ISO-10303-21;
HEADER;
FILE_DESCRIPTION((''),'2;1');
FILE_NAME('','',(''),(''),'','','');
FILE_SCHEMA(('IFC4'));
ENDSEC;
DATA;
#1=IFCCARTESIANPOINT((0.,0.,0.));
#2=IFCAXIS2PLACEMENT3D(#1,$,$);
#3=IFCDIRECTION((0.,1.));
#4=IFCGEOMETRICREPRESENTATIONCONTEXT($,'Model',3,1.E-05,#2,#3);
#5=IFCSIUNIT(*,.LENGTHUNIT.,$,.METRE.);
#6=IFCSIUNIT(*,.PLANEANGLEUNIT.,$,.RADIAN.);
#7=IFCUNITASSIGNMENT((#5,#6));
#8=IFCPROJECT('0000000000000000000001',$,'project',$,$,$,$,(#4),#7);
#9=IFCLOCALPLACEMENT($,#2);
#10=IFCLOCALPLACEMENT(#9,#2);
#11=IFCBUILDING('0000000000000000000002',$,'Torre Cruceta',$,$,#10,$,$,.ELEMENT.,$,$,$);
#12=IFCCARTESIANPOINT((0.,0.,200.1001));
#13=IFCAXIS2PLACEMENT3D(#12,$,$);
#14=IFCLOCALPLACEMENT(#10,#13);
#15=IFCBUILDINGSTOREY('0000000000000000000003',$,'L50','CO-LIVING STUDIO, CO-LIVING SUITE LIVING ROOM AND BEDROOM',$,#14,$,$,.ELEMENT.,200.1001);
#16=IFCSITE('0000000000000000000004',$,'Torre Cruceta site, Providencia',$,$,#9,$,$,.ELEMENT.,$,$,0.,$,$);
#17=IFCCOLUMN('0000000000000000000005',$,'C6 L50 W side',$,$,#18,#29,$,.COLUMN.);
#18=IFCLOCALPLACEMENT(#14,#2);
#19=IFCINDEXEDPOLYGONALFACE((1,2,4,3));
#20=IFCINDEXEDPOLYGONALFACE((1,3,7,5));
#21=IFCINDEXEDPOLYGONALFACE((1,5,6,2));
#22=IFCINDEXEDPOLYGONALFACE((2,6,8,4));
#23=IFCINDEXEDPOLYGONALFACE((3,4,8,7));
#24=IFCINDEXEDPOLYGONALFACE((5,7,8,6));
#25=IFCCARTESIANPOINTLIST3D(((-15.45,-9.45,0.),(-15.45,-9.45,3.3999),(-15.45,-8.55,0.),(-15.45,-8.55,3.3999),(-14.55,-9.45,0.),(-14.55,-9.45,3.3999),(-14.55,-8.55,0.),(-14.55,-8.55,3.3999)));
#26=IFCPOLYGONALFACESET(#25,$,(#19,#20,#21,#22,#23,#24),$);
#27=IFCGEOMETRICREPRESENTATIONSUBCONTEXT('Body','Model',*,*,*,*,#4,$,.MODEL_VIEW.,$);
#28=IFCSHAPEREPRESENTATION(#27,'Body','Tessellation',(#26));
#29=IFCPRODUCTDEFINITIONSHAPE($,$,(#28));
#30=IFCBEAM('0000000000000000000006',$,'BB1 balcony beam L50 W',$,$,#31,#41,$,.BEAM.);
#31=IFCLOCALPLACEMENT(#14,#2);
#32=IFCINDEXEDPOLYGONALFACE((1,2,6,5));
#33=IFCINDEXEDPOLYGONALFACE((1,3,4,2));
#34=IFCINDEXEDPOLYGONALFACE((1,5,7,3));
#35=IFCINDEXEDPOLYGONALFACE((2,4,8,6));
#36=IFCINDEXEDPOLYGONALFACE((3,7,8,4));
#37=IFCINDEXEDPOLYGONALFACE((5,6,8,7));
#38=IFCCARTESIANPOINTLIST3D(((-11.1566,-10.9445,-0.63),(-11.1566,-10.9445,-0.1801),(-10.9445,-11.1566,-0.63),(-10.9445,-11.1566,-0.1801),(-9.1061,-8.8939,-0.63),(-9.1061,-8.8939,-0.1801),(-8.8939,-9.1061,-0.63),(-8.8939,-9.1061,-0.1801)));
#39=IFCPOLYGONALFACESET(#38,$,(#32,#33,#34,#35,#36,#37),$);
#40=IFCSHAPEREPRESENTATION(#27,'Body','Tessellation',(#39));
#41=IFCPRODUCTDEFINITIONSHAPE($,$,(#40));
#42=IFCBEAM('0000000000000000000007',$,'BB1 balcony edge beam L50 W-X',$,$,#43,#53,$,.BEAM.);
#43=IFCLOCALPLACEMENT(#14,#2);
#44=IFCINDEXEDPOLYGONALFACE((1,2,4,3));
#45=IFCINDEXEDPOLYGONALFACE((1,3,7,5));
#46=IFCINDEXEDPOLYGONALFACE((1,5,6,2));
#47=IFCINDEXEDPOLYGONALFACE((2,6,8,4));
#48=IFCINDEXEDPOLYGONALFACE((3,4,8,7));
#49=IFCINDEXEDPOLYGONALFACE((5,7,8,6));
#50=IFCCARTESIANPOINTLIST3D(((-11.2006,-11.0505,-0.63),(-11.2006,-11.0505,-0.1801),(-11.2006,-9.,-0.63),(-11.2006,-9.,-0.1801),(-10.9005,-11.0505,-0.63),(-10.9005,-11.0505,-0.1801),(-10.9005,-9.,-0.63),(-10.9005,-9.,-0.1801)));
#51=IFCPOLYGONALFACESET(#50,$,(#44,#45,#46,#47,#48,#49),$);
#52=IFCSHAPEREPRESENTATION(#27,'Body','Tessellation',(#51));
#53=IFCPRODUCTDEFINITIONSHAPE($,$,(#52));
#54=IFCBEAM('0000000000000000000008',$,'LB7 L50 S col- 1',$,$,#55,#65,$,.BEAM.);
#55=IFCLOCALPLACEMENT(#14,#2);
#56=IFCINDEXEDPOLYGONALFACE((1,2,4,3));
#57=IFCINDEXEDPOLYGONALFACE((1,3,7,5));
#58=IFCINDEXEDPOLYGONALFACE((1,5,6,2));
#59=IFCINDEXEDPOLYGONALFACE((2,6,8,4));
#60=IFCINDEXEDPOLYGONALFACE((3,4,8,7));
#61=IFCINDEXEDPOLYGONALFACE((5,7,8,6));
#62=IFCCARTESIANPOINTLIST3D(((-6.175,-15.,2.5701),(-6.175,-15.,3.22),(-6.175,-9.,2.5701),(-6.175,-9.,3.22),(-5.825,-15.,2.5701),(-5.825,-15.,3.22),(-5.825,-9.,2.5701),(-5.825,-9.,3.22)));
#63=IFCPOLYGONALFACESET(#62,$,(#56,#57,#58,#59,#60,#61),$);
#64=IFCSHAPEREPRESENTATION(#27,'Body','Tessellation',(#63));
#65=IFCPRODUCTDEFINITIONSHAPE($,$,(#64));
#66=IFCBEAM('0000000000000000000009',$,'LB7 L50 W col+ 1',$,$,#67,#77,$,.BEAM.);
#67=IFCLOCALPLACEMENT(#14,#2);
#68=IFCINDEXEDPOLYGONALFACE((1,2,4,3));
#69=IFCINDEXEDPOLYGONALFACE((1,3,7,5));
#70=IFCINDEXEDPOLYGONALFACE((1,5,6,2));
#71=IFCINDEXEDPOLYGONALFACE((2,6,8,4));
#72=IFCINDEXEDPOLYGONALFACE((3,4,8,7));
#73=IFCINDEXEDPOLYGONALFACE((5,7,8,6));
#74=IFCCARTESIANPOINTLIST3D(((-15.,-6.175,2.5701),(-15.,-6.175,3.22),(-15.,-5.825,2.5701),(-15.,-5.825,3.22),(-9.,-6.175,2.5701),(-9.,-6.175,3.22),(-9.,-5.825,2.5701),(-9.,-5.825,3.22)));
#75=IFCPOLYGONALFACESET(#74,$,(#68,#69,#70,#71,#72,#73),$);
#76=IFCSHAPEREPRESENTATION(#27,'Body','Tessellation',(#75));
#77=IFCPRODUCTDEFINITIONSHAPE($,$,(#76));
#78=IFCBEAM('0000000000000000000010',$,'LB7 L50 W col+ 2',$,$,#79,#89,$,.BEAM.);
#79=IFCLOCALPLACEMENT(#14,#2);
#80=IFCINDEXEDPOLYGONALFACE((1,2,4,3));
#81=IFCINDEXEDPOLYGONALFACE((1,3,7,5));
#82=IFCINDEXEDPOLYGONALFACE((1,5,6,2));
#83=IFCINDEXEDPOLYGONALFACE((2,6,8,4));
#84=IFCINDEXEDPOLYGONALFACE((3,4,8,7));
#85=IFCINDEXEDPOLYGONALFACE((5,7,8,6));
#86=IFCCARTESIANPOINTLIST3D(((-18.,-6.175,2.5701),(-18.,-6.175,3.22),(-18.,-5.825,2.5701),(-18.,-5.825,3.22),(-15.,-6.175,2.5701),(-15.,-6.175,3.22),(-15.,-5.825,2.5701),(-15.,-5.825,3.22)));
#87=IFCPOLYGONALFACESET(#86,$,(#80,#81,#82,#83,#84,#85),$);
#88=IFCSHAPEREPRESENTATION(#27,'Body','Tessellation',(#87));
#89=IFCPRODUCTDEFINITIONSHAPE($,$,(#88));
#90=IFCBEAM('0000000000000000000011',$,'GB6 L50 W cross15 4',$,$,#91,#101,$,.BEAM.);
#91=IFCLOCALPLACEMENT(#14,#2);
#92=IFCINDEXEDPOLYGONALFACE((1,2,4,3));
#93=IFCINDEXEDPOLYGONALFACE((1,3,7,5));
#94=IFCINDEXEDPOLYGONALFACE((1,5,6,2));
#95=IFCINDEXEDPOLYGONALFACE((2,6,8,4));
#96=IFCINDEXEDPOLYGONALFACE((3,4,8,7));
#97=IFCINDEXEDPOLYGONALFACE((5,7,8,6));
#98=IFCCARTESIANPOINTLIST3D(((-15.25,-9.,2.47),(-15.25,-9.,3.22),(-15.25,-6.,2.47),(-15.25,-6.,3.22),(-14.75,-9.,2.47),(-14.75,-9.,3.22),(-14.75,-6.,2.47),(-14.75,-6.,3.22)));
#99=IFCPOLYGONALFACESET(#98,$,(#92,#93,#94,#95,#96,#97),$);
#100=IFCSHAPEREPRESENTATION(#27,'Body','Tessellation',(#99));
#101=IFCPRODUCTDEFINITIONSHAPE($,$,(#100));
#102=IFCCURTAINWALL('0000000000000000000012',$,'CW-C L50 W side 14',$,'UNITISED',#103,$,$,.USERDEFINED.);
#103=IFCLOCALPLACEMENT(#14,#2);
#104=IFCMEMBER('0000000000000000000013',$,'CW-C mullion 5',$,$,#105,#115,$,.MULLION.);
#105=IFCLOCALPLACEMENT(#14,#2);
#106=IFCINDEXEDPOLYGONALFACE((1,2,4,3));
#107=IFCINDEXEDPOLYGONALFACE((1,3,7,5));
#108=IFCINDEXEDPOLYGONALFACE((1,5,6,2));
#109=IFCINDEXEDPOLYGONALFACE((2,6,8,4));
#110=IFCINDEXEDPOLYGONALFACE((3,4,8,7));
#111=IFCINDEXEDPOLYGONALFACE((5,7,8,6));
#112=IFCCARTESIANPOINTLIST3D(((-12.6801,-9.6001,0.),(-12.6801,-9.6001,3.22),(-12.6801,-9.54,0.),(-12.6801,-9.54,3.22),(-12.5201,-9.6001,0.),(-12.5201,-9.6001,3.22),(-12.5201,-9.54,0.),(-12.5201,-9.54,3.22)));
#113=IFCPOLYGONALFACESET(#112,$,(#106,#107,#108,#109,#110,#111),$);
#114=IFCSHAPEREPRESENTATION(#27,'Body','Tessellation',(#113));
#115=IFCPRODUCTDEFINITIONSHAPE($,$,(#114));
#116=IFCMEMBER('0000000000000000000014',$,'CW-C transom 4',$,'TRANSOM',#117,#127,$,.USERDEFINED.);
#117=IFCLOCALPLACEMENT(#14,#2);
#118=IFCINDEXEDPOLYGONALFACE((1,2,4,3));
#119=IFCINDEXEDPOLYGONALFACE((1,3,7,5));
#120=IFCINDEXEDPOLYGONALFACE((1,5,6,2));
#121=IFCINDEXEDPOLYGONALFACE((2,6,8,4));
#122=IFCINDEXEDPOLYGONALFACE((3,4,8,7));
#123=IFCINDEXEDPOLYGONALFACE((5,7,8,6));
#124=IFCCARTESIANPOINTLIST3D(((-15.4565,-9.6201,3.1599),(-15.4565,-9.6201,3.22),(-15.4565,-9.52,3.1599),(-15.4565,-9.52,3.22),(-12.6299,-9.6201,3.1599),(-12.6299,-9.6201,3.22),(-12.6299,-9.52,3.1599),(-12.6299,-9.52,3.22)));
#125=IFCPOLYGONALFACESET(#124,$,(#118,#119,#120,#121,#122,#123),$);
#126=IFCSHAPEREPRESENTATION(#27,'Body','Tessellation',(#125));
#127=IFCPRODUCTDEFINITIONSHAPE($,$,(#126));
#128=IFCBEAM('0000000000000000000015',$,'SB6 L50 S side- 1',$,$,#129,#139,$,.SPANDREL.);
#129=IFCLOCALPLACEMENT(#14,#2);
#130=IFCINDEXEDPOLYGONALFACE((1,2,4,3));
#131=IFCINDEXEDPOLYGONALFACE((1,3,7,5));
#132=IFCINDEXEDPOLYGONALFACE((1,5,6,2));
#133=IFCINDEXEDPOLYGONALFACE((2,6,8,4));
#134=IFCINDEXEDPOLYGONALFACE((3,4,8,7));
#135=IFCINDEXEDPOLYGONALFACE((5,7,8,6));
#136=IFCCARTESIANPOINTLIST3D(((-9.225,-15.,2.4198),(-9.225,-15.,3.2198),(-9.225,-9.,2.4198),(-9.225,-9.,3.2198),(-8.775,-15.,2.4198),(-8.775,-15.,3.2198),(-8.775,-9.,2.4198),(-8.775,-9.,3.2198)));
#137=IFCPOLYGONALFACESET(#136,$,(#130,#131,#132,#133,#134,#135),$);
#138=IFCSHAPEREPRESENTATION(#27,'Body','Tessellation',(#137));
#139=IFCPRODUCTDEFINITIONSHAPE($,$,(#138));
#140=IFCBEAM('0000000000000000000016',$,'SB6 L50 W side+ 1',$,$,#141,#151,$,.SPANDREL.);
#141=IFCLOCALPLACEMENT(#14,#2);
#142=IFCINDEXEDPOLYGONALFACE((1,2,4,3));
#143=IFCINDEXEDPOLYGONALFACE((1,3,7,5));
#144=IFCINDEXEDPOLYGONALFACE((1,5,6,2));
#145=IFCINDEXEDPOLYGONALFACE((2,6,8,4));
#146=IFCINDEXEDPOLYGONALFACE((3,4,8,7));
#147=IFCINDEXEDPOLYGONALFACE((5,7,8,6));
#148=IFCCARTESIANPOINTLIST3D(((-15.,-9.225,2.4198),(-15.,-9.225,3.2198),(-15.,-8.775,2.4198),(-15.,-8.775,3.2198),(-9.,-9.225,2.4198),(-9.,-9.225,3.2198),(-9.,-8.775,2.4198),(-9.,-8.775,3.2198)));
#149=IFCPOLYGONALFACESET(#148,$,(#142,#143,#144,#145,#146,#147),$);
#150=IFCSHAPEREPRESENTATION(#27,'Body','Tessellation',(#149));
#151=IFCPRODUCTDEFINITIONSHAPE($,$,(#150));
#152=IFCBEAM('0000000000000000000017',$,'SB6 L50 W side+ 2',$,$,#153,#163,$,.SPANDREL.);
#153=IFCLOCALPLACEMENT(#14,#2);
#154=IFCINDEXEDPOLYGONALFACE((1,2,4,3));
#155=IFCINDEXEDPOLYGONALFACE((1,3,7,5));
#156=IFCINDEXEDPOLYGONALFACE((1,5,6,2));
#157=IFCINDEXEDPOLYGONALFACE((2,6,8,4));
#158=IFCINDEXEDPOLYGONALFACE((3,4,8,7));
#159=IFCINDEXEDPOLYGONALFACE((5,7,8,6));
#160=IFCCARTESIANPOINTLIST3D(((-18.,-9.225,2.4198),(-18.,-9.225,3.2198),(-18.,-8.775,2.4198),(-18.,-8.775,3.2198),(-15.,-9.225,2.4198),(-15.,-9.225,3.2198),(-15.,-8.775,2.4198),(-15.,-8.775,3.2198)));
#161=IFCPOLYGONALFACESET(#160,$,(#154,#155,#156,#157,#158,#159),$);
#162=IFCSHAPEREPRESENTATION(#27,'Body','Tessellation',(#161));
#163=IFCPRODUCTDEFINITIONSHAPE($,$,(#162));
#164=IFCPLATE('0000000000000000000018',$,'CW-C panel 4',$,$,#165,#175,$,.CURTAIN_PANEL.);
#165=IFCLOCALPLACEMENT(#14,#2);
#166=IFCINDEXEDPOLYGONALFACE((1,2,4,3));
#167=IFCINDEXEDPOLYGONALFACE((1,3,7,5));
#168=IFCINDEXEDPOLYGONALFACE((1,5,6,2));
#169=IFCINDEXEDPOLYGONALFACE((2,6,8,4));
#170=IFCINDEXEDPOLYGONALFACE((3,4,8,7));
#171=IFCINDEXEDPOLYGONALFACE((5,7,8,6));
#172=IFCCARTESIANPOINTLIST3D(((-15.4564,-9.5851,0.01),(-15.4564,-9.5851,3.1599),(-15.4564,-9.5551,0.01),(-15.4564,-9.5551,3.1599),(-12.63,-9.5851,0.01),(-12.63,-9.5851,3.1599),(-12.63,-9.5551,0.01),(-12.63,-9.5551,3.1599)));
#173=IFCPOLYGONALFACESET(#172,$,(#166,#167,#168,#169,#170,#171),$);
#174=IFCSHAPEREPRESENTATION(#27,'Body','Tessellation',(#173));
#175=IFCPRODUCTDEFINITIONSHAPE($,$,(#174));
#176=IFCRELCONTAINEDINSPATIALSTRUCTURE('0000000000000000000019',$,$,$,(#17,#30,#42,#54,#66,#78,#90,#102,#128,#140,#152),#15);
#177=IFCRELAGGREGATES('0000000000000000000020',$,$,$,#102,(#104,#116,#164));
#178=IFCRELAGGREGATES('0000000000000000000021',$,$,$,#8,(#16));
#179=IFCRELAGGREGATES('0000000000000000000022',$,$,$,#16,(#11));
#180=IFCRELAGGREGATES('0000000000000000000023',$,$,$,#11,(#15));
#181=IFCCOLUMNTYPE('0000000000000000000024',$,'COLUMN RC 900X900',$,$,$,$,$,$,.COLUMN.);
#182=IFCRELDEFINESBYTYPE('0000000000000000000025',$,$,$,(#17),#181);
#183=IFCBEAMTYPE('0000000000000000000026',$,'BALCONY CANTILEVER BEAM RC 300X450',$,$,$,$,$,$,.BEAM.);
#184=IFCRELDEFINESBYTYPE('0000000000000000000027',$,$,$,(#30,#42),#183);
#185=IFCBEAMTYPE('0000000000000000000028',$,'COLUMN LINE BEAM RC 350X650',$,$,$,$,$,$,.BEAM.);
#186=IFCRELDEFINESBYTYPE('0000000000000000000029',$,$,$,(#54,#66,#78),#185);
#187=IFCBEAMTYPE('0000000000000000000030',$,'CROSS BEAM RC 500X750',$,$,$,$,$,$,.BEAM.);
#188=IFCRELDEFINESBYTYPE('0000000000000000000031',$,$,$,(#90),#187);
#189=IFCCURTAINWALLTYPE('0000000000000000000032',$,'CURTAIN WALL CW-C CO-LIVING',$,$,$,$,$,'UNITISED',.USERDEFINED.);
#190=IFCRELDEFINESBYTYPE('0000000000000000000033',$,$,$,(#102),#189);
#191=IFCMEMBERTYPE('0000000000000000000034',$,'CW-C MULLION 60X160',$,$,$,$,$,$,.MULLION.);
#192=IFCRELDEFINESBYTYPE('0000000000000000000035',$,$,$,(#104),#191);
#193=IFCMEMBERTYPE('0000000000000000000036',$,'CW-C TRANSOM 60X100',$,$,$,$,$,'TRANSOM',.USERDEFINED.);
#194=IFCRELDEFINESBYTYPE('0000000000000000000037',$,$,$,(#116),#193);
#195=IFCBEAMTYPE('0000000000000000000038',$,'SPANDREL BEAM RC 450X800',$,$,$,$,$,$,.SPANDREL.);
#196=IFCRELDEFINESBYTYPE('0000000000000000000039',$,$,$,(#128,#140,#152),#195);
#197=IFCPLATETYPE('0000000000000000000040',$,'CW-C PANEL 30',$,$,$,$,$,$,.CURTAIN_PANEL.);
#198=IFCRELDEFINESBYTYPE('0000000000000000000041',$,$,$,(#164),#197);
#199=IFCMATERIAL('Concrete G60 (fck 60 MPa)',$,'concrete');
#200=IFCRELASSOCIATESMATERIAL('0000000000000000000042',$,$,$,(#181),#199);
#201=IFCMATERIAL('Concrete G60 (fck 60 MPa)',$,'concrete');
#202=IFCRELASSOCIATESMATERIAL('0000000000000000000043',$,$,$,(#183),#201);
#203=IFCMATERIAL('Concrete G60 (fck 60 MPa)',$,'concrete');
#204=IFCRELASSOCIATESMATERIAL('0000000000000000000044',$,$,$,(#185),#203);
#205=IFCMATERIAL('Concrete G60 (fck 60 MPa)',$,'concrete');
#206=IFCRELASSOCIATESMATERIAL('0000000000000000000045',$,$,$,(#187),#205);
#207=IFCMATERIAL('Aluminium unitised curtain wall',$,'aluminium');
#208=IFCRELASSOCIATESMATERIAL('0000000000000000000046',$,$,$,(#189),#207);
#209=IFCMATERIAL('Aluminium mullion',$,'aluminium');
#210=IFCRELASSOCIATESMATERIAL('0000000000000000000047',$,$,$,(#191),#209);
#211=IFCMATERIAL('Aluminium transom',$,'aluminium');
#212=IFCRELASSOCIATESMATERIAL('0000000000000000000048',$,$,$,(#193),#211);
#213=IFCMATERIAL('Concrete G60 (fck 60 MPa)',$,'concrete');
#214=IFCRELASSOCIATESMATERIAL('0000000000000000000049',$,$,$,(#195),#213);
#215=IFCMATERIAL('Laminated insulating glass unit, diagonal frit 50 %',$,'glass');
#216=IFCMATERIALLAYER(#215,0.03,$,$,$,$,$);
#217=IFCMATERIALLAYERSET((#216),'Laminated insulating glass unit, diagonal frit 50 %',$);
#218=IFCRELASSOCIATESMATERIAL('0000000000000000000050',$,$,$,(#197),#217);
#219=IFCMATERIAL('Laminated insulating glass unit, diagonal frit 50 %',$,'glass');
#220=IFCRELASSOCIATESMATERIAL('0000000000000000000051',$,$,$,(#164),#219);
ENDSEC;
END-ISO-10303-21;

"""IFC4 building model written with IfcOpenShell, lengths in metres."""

from ifc_helpers import new_model, si_unit, direction, frame, origin, origin_2d, place, context, subcontext, project, spatial, rectangle, extrude, material, layer, layer_set, material_profile, profile_set, type_object, element, aggregate, save


model = new_model("IFC4")

# Units and contexts
model_context = context("Model", 3, precision=1e-05, world=origin(), true_north=direction((0.0, 1.0)))
body_context = subcontext(model_context, "Body", "Model", "MODEL_VIEW")
ifc_project = project(units=[si_unit("LENGTHUNIT", "METRE"), si_unit("PLANEANGLEUNIT", "RADIAN")], contexts=[model_context])

# Site, building, storey
site_placement = place(None, origin())
site = spatial("IfcSite", under=ifc_project, at=site_placement, Name="Torre Cruceta site, Providencia", CompositionType="ELEMENT", RefElevation=0.0)
building_placement = place(site_placement, origin())
building = spatial("IfcBuilding", under=site, at=building_placement, Name="Torre Cruceta", CompositionType="ELEMENT")
storey_placement = place(building_placement, frame((0.0, 0.0, 200.1001)))
storey = spatial("IfcBuildingStorey", under=building, at=storey_placement, Name="L50", Description="CO-LIVING STUDIO, CO-LIVING SUITE LIVING ROOM AND BEDROOM", CompositionType="ELEMENT", Elevation=200.1001)

# Column
ifc_material_1 = material(Name="Concrete G60 (fck 60 MPa)", Category="concrete")
ifc_material_profile_1 = material_profile(ifc_material_1, rectangle(XDim=0.8999, YDim=0.8999, at=origin_2d()), Name="RC 900X900")
ifc_profile_set_1 = profile_set([ifc_material_profile_1], Name="Concrete G60 (fck 60 MPa)")
column_type = type_object("IfcColumnType", Name="COLUMN RC 900X900", PredefinedType="COLUMN", material=ifc_profile_set_1)
column_placement = place(storey_placement, frame((-15.0, -9.0, 0.0), z_axis=(0.0, 0.0, 1.0), x_axis=(1.0, 0.0, 0.0)))
element("IfcColumn", 1, at=column_placement, inside=storey, type_object=column_type, Name="C6 L50 W side", PredefinedType="COLUMN", context=body_context, shape_type="SweptSolid", body=[
    extrude(rectangle(XDim=0.8999, YDim=0.8999, at=origin_2d()), origin(), (0.0, 0.0, 1.0), 3.3999),
])

# Beams
ifc_material_2 = material(Name="Concrete G60 (fck 60 MPa)", Category="concrete")
ifc_material_profile_2 = material_profile(ifc_material_2, rectangle(XDim=0.3, YDim=0.45, at=origin_2d()), Name="RC 300X450")
ifc_profile_set_2 = profile_set([ifc_material_profile_2], Name="Concrete G60 (fck 60 MPa)")
beam_type_1 = type_object("IfcBeamType", Name="BALCONY CANTILEVER BEAM RC 300X450", PredefinedType="BEAM", material=ifc_profile_set_2)
beam_1_placement = place(storey_placement, frame((-9.0, -9.0, -0.405), z_axis=(-0.707107, -0.707107, 0.0), x_axis=(0.707107, -0.707107, 0.0)))
element("IfcBeam", 2, at=beam_1_placement, inside=storey, type_object=beam_type_1, Name="BB1 balcony beam L50 W", PredefinedType="BEAM", context=body_context, shape_type="SweptSolid", body=[
    extrude(rectangle(XDim=0.3, YDim=0.45, at=origin_2d()), origin(), (0.0, 0.0, 1.0), 2.8999),
])
beam_2_placement = place(storey_placement, frame((-11.0505, -9.0, -0.405), z_axis=(0.0, -1.0, 0.0), x_axis=(1.0, 0.0, 0.0)))
element("IfcBeam", 3, at=beam_2_placement, inside=storey, type_object=beam_type_1, Name="BB1 balcony edge beam L50 W-X", PredefinedType="BEAM", context=body_context, shape_type="SweptSolid", body=[
    extrude(rectangle(XDim=0.3, YDim=0.45, at=origin_2d()), origin(), (0.0, 0.0, 1.0), 2.0505),
])
ifc_material_3 = material(Name="Concrete G60 (fck 60 MPa)", Category="concrete")
ifc_material_profile_3 = material_profile(ifc_material_3, rectangle(XDim=0.3501, YDim=0.6499, at=origin_2d()), Name="RC 350X650")
ifc_profile_set_3 = profile_set([ifc_material_profile_3], Name="Concrete G60 (fck 60 MPa)")
beam_type_2 = type_object("IfcBeamType", Name="COLUMN LINE BEAM RC 350X650", PredefinedType="BEAM", material=ifc_profile_set_3)
for number, where, z_axis, x_axis, name in (
    (4, (-6.0, -9.0, 2.895), (0.0, -1.0, 0.0), (1.0, 0.0, 0.0), "LB7 L50 S col- 1"),
    (5, (-9.0, -6.0, 2.895), (-1.0, 0.0, 0.0), (0.0, -1.0, 0.0), "LB7 L50 W col+ 1"),
):
    element("IfcBeam", number, at=place(storey_placement, frame(where, z_axis=z_axis, x_axis=x_axis)), inside=storey, type_object=beam_type_2, Name=name, PredefinedType="BEAM", context=body_context, shape_type="SweptSolid", body=[
        extrude(rectangle(XDim=0.3501, YDim=0.6499, at=origin_2d()), origin(), (0.0, 0.0, 1.0), 6.0),
    ])
beam_3_placement = place(storey_placement, frame((-15.0, -6.0, 2.895), z_axis=(-1.0, 0.0, 0.0), x_axis=(0.0, -1.0, 0.0)))
element("IfcBeam", 6, at=beam_3_placement, inside=storey, type_object=beam_type_2, Name="LB7 L50 W col+ 2", PredefinedType="BEAM", context=body_context, shape_type="SweptSolid", body=[
    extrude(rectangle(XDim=0.3501, YDim=0.6499, at=origin_2d()), origin(), (0.0, 0.0, 1.0), 3.0),
])
ifc_material_4 = material(Name="Concrete G60 (fck 60 MPa)", Category="concrete")
ifc_material_profile_4 = material_profile(ifc_material_4, rectangle(XDim=0.5, YDim=0.75, at=origin_2d()), Name="RC 500X750")
ifc_profile_set_4 = profile_set([ifc_material_profile_4], Name="Concrete G60 (fck 60 MPa)")
beam_type_3 = type_object("IfcBeamType", Name="CROSS BEAM RC 500X750", PredefinedType="BEAM", material=ifc_profile_set_4)
beam_4_placement = place(storey_placement, frame((-15.0, -6.0, 2.845), z_axis=(0.0, -1.0, 0.0), x_axis=(1.0, 0.0, 0.0)))
element("IfcBeam", 7, at=beam_4_placement, inside=storey, type_object=beam_type_3, Name="GB6 L50 W cross15 4", PredefinedType="BEAM", context=body_context, shape_type="SweptSolid", body=[
    extrude(rectangle(XDim=0.5, YDim=0.75, at=origin_2d()), origin(), (0.0, 0.0, 1.0), 3.0),
])

# Curtain wall, members
ifc_material_5 = material(Name="Aluminium unitised curtain wall", Category="aluminium")
curtain_wall_type = type_object("IfcCurtainWallType", Name="CURTAIN WALL CW-C CO-LIVING", ElementType="UNITISED", PredefinedType="USERDEFINED", material=ifc_material_5)
curtain_wall_placement = place(storey_placement, origin())
curtain_wall = element("IfcCurtainWall", 8, at=curtain_wall_placement, inside=storey, type_object=curtain_wall_type, Name="CW-C L50 W side 14", ObjectType="UNITISED", PredefinedType="USERDEFINED")
ifc_material_6 = material(Name="Aluminium mullion", Category="aluminium")
ifc_material_profile_5 = material_profile(ifc_material_6, rectangle(XDim=0.0601, YDim=0.1599, at=origin_2d()), Name="AL 60X160")
ifc_profile_set_5 = profile_set([ifc_material_profile_5], Name="Aluminium mullion")
member_type_1 = type_object("IfcMemberType", Name="CW-C MULLION 60X160", PredefinedType="MULLION", material=ifc_profile_set_5)
member_1_placement = place(storey_placement, frame((-12.6001, -9.5701, 0.0), z_axis=(0.0, 0.0, 1.0), x_axis=(0.0, 1.0, 0.0)))
member_1 = element("IfcMember", 9, at=member_1_placement, type_object=member_type_1, Name="CW-C mullion 5", PredefinedType="MULLION", context=body_context, shape_type="SweptSolid", body=[
    extrude(rectangle(XDim=0.0601, YDim=0.1599, at=origin_2d()), origin(), (0.0, 0.0, 1.0), 3.22),
])
ifc_material_7 = material(Name="Aluminium transom", Category="aluminium")
ifc_material_profile_6 = material_profile(ifc_material_7, rectangle(XDim=0.1001, YDim=0.0601, at=origin_2d()), Name="AL 100X60")
ifc_profile_set_6 = profile_set([ifc_material_profile_6], Name="Aluminium transom")
member_type_2 = type_object("IfcMemberType", Name="CW-C TRANSOM 60X100", ElementType="TRANSOM", PredefinedType="USERDEFINED", material=ifc_profile_set_6)
member_2_placement = place(storey_placement, frame((-15.4565, -9.5701, 3.1899), z_axis=(1.0, 0.0, 0.0), x_axis=(0.0, 1.0, 0.0)))
member_2 = element("IfcMember", 10, at=member_2_placement, type_object=member_type_2, Name="CW-C transom 4", ObjectType="TRANSOM", PredefinedType="USERDEFINED", context=body_context, shape_type="SweptSolid", body=[
    extrude(rectangle(XDim=0.1001, YDim=0.0601, at=origin_2d()), origin(), (0.0, 0.0, 1.0), 2.8267),
])

# Beams
ifc_material_8 = material(Name="Concrete G60 (fck 60 MPa)", Category="concrete")
ifc_material_profile_7 = material_profile(ifc_material_8, rectangle(XDim=0.45, YDim=0.8, at=origin_2d()), Name="RC 450X800")
ifc_profile_set_7 = profile_set([ifc_material_profile_7], Name="Concrete G60 (fck 60 MPa)")
beam_type_4 = type_object("IfcBeamType", Name="SPANDREL BEAM RC 450X800", PredefinedType="SPANDREL", material=ifc_profile_set_7)
for number, where, z_axis, x_axis, name in (
    (11, (-9.0, -9.0, 2.8198), (0.0, -1.0, 0.0), (1.0, 0.0, 0.0), "SB6 L50 S side- 1"),
    (12, (-9.0, -9.0, 2.8198), (-1.0, 0.0, 0.0), (0.0, -1.0, 0.0), "SB6 L50 W side+ 1"),
):
    element("IfcBeam", number, at=place(storey_placement, frame(where, z_axis=z_axis, x_axis=x_axis)), inside=storey, type_object=beam_type_4, Name=name, PredefinedType="SPANDREL", context=body_context, shape_type="SweptSolid", body=[
        extrude(rectangle(XDim=0.45, YDim=0.8, at=origin_2d()), origin(), (0.0, 0.0, 1.0), 6.0),
    ])
beam_5_placement = place(storey_placement, frame((-15.0, -9.0, 2.8198), z_axis=(-1.0, 0.0, 0.0), x_axis=(0.0, -1.0, 0.0)))
element("IfcBeam", 13, at=beam_5_placement, inside=storey, type_object=beam_type_4, Name="SB6 L50 W side+ 2", PredefinedType="SPANDREL", context=body_context, shape_type="SweptSolid", body=[
    extrude(rectangle(XDim=0.45, YDim=0.8, at=origin_2d()), origin(), (0.0, 0.0, 1.0), 3.0),
])

# Plate
ifc_material_9 = material(Name="Laminated insulating glass unit, diagonal frit 50 %", Category="glass")
ifc_material_10 = material(Name="Laminated insulating glass unit, diagonal frit 50 %", Category="glass")
ifc_layer_1 = layer(ifc_material_10, 0.03)
ifc_layer_set_1 = layer_set([ifc_layer_1], Name="Laminated insulating glass unit, diagonal frit 50 %")
plate_type = type_object("IfcPlateType", Name="CW-C PANEL 30", PredefinedType="CURTAIN_PANEL", material=ifc_layer_set_1)
plate_placement = place(storey_placement, frame((-14.0432, -9.5701, 0.01), z_axis=(0.0, 0.0, 1.0), x_axis=(1.0, 0.0, 0.0)))
plate = element("IfcPlate", 14, at=plate_placement, type_object=plate_type, material=ifc_material_9, Name="CW-C panel 4", PredefinedType="CURTAIN_PANEL", context=body_context, shape_type="SweptSolid", body=[
    extrude(rectangle(XDim=2.8264, YDim=0.03, at=origin_2d()), origin(), (0.0, 0.0, 1.0), 3.1499),
])
aggregate(curtain_wall, [member_1, member_2, plate])

save(model, "model.ifc")
